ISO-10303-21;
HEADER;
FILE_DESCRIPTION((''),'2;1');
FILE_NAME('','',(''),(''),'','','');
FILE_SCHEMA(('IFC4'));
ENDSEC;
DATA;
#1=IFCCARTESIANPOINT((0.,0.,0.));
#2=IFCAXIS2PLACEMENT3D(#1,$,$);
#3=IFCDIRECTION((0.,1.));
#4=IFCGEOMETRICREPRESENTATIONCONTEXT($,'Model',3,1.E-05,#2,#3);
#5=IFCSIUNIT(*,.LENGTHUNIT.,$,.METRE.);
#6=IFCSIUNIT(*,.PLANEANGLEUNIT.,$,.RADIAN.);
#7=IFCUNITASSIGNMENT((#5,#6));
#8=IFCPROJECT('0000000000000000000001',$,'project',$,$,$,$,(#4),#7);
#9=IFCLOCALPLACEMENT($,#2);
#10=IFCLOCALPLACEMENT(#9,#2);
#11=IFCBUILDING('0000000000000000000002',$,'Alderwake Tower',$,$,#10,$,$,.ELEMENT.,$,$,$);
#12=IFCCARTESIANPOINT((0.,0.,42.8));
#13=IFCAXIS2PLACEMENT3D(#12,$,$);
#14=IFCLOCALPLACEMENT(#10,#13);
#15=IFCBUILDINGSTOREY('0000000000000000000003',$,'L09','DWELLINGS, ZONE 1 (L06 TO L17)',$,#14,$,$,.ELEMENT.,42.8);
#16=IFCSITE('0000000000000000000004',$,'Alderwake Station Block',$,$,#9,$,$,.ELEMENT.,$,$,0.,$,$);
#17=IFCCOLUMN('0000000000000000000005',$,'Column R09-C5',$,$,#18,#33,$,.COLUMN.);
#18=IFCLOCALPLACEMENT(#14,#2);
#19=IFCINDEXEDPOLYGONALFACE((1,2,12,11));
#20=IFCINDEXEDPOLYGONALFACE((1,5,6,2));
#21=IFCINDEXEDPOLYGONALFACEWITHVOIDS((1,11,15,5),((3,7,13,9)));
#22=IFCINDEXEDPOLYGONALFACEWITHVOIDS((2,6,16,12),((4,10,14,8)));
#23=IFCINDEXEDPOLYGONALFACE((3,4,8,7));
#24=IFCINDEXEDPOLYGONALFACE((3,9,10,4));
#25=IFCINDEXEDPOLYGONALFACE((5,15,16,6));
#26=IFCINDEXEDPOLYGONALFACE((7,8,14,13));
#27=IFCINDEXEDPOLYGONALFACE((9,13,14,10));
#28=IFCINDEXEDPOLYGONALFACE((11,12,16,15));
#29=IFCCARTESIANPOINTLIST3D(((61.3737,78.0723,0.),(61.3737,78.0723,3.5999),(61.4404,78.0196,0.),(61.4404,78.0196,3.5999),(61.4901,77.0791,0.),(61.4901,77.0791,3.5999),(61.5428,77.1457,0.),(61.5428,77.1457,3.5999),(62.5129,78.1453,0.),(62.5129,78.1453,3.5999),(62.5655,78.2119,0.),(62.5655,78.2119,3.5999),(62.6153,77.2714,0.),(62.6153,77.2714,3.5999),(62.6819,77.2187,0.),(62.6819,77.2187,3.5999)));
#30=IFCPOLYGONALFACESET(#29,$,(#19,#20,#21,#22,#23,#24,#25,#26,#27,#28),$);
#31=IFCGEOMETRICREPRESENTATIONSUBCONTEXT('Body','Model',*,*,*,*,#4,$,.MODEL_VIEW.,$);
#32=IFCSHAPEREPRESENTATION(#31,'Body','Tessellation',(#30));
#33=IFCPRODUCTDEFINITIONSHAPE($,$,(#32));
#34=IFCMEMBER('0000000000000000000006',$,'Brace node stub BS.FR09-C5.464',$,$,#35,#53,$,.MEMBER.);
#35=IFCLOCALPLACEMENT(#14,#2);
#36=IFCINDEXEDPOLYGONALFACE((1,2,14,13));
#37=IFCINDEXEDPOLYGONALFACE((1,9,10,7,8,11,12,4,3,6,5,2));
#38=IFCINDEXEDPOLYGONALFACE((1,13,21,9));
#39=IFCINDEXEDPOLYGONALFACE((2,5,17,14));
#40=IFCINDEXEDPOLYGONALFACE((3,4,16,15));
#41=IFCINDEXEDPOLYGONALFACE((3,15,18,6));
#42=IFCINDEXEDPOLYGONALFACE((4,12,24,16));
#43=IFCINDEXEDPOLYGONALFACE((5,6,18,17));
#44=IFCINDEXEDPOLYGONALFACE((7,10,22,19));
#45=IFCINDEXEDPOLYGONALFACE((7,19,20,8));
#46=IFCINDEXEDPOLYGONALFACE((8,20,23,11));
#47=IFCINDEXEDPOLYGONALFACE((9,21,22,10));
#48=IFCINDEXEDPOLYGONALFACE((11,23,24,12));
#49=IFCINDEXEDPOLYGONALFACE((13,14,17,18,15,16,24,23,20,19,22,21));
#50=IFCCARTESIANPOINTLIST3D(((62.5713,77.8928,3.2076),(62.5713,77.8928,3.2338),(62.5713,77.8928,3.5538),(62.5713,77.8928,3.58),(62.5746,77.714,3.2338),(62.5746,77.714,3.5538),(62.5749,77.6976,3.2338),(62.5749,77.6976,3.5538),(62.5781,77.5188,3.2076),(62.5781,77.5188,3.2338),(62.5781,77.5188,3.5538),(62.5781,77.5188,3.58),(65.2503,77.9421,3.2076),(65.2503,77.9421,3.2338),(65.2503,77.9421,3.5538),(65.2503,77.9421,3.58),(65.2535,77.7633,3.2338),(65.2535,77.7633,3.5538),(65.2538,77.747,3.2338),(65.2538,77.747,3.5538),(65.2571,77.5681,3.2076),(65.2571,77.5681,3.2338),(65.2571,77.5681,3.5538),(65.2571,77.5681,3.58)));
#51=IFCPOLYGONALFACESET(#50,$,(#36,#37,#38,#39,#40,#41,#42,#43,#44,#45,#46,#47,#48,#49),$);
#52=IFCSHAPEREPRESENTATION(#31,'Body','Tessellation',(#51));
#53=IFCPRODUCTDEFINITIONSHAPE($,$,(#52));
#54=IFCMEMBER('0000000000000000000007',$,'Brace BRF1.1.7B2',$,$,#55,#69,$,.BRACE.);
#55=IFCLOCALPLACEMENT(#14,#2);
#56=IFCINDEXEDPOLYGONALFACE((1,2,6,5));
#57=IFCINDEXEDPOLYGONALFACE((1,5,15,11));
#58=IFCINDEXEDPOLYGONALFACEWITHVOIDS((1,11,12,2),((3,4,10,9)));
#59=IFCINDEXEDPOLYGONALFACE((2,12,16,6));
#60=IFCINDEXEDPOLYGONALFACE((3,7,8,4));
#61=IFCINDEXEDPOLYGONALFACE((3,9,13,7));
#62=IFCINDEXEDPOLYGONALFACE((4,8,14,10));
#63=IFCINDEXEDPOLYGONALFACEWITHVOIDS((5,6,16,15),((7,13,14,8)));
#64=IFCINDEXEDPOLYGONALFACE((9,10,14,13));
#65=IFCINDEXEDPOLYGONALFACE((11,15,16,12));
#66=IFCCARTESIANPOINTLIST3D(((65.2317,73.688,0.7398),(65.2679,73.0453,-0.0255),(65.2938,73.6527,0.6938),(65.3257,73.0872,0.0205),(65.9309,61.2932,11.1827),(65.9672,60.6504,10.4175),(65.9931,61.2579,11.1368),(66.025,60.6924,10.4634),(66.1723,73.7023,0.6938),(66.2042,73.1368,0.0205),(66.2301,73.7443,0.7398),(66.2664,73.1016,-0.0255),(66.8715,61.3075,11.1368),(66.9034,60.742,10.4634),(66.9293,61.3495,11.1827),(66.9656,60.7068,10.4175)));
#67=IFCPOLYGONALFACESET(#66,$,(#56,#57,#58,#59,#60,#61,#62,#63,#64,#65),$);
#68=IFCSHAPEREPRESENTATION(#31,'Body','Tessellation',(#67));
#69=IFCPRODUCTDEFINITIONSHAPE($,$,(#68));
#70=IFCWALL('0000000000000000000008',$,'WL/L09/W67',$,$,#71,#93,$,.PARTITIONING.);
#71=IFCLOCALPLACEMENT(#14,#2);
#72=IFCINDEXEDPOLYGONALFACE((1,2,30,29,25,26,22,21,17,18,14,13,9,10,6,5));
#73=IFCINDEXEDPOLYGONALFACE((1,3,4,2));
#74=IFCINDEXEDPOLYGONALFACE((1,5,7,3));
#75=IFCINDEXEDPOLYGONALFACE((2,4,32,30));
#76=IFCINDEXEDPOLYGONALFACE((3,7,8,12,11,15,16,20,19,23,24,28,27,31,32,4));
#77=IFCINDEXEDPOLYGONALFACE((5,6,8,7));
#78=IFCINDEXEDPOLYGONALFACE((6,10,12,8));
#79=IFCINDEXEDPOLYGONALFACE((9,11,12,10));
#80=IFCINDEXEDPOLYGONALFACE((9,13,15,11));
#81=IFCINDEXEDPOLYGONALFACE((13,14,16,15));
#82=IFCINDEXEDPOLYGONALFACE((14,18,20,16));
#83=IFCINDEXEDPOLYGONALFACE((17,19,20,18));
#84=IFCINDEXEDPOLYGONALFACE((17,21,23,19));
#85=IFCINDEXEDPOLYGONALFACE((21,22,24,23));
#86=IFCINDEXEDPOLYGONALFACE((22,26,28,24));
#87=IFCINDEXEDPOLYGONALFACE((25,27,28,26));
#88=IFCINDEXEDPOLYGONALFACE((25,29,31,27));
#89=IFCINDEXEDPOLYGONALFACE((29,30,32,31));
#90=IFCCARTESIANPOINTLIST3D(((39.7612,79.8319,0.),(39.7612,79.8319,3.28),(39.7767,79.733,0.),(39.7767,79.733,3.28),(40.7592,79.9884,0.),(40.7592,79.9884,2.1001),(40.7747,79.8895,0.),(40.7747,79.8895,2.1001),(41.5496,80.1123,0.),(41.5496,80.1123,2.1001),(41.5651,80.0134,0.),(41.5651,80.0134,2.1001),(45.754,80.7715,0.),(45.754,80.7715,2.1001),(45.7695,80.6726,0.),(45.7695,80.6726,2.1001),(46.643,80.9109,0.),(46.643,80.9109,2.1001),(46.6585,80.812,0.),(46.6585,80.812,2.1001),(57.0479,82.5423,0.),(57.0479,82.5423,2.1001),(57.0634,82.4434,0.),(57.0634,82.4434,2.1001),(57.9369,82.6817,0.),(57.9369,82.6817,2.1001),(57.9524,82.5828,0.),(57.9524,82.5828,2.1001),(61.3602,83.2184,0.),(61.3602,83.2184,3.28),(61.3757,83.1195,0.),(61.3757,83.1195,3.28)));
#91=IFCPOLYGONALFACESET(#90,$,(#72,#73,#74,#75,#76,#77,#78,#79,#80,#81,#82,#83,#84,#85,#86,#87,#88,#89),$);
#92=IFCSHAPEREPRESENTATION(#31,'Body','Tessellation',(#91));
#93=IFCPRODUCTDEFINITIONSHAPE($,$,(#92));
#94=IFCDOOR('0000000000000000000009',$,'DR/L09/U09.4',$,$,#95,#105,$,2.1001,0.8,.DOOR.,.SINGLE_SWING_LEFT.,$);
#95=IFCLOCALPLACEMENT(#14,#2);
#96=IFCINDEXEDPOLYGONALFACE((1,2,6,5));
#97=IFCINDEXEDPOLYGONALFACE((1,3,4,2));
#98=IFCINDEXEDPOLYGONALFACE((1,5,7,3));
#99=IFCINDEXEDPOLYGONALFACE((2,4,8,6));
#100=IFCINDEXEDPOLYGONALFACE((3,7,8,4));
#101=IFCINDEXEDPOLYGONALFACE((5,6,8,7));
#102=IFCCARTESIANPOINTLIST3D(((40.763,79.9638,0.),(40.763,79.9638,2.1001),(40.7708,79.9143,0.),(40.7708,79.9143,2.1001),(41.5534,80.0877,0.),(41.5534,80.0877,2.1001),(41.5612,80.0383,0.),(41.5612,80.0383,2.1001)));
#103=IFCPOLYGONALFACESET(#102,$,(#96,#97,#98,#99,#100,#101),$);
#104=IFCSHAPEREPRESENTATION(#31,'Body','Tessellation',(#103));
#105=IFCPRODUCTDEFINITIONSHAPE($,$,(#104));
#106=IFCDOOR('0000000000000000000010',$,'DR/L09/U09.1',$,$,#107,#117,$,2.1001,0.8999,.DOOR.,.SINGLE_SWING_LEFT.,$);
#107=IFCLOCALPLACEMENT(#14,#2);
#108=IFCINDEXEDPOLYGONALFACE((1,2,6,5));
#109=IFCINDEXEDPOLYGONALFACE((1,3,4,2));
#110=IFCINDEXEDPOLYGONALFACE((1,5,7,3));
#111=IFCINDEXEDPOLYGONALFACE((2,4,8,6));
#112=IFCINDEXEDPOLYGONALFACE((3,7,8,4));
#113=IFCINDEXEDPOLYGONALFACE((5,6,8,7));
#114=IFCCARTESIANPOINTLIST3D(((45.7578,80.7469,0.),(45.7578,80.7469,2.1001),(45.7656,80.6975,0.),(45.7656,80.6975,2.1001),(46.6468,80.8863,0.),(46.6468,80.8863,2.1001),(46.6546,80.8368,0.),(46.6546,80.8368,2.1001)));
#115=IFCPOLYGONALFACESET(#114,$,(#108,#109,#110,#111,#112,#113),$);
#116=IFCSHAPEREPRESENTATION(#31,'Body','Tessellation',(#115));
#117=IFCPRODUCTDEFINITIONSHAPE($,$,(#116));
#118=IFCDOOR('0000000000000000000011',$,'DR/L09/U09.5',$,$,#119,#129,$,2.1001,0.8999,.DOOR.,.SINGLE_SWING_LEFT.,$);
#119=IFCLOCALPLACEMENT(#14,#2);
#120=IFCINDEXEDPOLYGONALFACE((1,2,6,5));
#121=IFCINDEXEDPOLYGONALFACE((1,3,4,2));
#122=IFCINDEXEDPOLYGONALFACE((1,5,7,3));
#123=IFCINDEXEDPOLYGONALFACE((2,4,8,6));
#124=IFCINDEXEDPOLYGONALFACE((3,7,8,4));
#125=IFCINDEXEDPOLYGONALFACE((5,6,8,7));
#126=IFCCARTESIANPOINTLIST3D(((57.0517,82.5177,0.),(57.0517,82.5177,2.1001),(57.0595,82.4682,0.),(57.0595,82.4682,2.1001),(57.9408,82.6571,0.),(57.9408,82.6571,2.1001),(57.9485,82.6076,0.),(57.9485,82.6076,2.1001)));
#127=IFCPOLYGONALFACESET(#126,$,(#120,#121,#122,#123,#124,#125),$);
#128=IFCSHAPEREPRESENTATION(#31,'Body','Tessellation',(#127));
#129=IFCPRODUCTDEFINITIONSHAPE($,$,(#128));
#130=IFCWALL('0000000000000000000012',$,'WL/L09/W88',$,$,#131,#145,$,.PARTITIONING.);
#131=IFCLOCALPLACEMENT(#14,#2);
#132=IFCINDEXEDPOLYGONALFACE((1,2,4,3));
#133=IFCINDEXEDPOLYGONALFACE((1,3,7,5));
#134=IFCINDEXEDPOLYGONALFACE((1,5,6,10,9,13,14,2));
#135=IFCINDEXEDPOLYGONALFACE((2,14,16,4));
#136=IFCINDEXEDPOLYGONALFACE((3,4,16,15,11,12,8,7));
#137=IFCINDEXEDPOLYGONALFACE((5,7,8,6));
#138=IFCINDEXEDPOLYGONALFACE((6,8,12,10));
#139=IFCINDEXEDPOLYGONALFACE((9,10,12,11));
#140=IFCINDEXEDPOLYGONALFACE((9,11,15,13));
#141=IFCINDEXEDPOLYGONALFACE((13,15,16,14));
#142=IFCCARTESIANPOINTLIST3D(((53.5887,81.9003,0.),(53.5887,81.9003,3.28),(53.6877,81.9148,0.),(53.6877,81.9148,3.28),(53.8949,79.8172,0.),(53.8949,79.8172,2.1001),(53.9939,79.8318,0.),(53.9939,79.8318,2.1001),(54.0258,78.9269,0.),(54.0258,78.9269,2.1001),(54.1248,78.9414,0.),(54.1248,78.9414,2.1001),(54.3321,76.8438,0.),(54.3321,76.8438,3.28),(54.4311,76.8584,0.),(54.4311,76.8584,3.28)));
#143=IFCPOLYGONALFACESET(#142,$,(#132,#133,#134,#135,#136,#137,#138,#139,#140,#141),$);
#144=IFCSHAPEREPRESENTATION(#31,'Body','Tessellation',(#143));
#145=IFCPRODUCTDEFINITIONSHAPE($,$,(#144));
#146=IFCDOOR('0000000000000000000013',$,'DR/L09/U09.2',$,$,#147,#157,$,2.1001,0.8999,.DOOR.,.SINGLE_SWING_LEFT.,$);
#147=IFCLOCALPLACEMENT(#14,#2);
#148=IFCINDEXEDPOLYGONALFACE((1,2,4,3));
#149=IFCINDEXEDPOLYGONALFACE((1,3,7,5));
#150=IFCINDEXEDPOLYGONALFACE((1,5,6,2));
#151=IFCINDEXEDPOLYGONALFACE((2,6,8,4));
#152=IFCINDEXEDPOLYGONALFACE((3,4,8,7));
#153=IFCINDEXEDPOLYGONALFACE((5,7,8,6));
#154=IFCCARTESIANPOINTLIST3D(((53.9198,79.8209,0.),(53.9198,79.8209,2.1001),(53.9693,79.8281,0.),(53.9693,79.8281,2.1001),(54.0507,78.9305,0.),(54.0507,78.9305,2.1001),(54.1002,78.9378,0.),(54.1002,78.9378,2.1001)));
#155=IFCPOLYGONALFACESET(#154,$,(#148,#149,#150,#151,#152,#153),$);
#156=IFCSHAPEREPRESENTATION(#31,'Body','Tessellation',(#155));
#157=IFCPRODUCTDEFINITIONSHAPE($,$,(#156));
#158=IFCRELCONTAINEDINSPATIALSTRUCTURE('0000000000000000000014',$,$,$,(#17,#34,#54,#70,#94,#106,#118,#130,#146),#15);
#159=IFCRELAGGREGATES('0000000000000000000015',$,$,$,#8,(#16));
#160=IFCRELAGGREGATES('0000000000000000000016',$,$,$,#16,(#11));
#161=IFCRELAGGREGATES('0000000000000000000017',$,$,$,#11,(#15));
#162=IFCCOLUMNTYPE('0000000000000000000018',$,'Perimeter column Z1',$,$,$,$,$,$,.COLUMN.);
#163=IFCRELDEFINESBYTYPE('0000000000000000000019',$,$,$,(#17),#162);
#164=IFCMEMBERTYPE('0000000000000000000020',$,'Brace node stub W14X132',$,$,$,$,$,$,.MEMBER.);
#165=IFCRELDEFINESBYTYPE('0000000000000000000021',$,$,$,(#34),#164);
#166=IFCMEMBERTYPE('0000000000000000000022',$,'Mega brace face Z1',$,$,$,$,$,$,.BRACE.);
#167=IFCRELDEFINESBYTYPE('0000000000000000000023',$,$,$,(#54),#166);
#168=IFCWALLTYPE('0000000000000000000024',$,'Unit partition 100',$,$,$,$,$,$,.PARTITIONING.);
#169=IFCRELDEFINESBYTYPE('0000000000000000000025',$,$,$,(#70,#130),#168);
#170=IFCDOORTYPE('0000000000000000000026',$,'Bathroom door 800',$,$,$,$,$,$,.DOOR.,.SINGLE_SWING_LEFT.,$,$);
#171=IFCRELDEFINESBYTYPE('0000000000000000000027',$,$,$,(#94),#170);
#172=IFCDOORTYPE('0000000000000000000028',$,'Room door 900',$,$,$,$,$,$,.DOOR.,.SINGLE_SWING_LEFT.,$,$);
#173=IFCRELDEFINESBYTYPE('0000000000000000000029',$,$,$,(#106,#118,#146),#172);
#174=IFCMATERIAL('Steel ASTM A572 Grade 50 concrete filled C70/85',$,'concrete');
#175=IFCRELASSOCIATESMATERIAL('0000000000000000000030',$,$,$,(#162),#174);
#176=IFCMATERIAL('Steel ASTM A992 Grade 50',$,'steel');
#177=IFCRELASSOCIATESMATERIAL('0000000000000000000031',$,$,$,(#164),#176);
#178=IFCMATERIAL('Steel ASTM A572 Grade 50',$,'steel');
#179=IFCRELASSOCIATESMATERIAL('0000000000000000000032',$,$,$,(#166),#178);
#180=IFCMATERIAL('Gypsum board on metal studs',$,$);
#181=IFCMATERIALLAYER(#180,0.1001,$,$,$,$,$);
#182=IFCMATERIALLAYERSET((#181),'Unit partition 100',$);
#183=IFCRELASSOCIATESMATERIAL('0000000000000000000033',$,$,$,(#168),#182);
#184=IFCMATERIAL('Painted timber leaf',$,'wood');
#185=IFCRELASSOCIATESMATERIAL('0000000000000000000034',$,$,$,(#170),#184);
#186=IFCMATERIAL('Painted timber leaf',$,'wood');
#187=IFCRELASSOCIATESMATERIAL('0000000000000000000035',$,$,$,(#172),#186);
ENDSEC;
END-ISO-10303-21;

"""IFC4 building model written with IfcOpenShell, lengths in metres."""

from ifc_helpers import new_model, si_unit, direction, frame, frame_2d, origin, origin_2d, place, context, subcontext, project, spatial, rectangle, hollow_rectangle, i_section, extrude, material, layer, layer_set, material_profile, profile_set, type_object, element, fill, save


model = new_model("IFC4")

# Units and contexts
model_context = context("Model", 3, precision=1e-05, world=origin(), true_north=direction((0.0, 1.0)))
body_context = subcontext(model_context, "Body", "Model", "MODEL_VIEW")
ifc_project = project(units=[si_unit("LENGTHUNIT", "METRE"), si_unit("PLANEANGLEUNIT", "RADIAN")], contexts=[model_context])

# Site, building, storey
site_placement = place(None, origin())
site = spatial("IfcSite", under=ifc_project, at=site_placement, Name="Alderwake Station Block", CompositionType="ELEMENT", RefElevation=0.0)
building_placement = place(site_placement, origin())
building = spatial("IfcBuilding", under=site, at=building_placement, Name="Alderwake Tower", CompositionType="ELEMENT")
storey_placement = place(building_placement, frame((0.0, 0.0, 42.8)))
storey = spatial("IfcBuildingStorey", under=building, at=storey_placement, Name="L09", Description="DWELLINGS, ZONE 1 (L06 TO L17)", CompositionType="ELEMENT", Elevation=42.8)

# Column
ifc_material_1 = material(Name="Steel ASTM A572 Grade 50 concrete filled C70/85", Category="concrete")
ifc_material_profile_1 = material_profile(ifc_material_1, hollow_rectangle(XDim=1.0, YDim=1.2, WallThickness=0.0601, at=origin_2d()), Name="BOX 1200X1000X60")
ifc_profile_set_1 = profile_set([ifc_material_profile_1], Name="Steel ASTM A572 Grade 50 concrete filled C70/85")
column_type = type_object("IfcColumnType", Name="Perimeter column Z1", PredefinedType="COLUMN", material=ifc_profile_set_1)
column_placement = place(storey_placement, frame((62.0278, 77.6455, 0.0), z_axis=(0.0, 0.0, 1.0), x_axis=(-0.116402, 0.993202, 0.0)))
element("IfcColumn", 1, at=column_placement, inside=storey, type_object=column_type, Name="Column R09-C5", PredefinedType="COLUMN", context=body_context, shape_type="SweptSolid", body=[
    extrude(hollow_rectangle(XDim=1.0, YDim=1.2, WallThickness=0.0601, at=origin_2d()), origin(), (0.0, 0.0, 1.0), 3.5999),
])

# Members
ifc_material_2 = material(Name="Steel ASTM A992 Grade 50", Category="steel")
ifc_material_profile_2 = material_profile(ifc_material_2, i_section(OverallWidth=0.374, OverallDepth=0.3723, WebThickness=0.0164, FlangeThickness=0.0261, at=origin_2d()), Name="W14X132")
ifc_profile_set_2 = profile_set([ifc_material_profile_2], Name="Steel ASTM A992 Grade 50")
member_type_1 = type_object("IfcMemberType", Name="Brace node stub W14X132", PredefinedType="MEMBER", material=ifc_profile_set_2)
member_1_placement = place(storey_placement, frame((62.5747, 77.7058, 3.3938), z_axis=(0.999831, 0.018406, 0.0), x_axis=(-0.018406, 0.999831, 0.0)))
element("IfcMember", 2, at=member_1_placement, inside=storey, type_object=member_type_1, Name="Brace node stub BS.FR09-C5.464", PredefinedType="MEMBER", context=body_context, shape_type="SweptSolid", body=[
    extrude(i_section(OverallWidth=0.374, OverallDepth=0.3723, WebThickness=0.0164, FlangeThickness=0.0261, at=origin_2d()), origin(), (0.0, 0.0, 1.0), 2.6794),
])
ifc_material_3 = material(Name="Steel ASTM A572 Grade 50", Category="steel")
ifc_material_profile_3 = material_profile(ifc_material_3, hollow_rectangle(XDim=1.0, YDim=1.0, WallThickness=0.0601, at=origin_2d()), Name="BOX 1000X1000X60")
ifc_profile_set_3 = profile_set([ifc_material_profile_3], Name="Steel ASTM A572 Grade 50")
member_type_2 = type_object("IfcMemberType", Name="Mega brace face Z1", PredefinedType="BRACE", material=ifc_profile_set_3)
member_2_placement = place(storey_placement, frame((65.749, 73.3948, 0.3572), z_axis=(0.043102, -0.764043, 0.643723), x_axis=(0.998413, 0.056323, 0.0)))
element("IfcMember", 3, at=member_2_placement, inside=storey, type_object=member_type_2, Name="Brace BRF1.1.7B2", PredefinedType="BRACE", context=body_context, shape_type="SweptSolid", body=[
    extrude(hollow_rectangle(XDim=1.0, YDim=1.0, WallThickness=0.0601, at=origin_2d()), origin(), (0.0, 0.0, 1.0), 16.2227),
])

# Wall, openings, doors
ifc_material_4 = material(Name="Gypsum board on metal studs")
ifc_layer_1 = layer(ifc_material_4, 0.1001)
ifc_layer_set_1 = layer_set([ifc_layer_1], Name="Unit partition 100")
wall_type_1 = type_object("IfcWallType", Name="Unit partition 100", PredefinedType="PARTITIONING", material=ifc_layer_set_1)
wall_1_placement = place(storey_placement, frame((61.3679, 83.1689, 0.0), z_axis=(0.0, 0.0, 1.0), x_axis=(-0.987931, -0.154897, 0.0)))
wall_1 = element("IfcWall", 4, at=wall_1_placement, inside=storey, type_object=wall_type_1, Name="WL/L09/W67", PredefinedType="PARTITIONING", context=body_context, shape_type="SweptSolid", body=[
    extrude(rectangle(XDim=21.8628, YDim=0.1001, at=frame_2d((10.9314, 0.0))), origin(), (0.0, 0.0, 1.0), 3.28),
])
opening_1_placement = place(wall_1_placement, frame((14.897, 0.0, 0.0)))
opening_1 = element("IfcOpeningElement", 5, at=opening_1_placement, cuts=wall_1, PredefinedType="OPENING", context=body_context, shape_type="SweptSolid", body=[
    extrude(rectangle(XDim=0.8999, YDim=2.1001, at=frame_2d((0.45, 1.05))), frame((0.0, 0.0601, 0.0), z_axis=(0.0, -1.0, 0.0), x_axis=(1.0, 0.0, 0.0)), (0.0, 0.0, 1.0), 0.1201),
])
opening_2_placement = place(wall_1_placement, frame((20.0527, 0.0, 0.0)))
opening_2 = element("IfcOpeningElement", 6, at=opening_2_placement, cuts=wall_1, PredefinedType="OPENING", context=body_context, shape_type="SweptSolid", body=[
    extrude(rectangle(XDim=0.8, YDim=2.1001, at=frame_2d((0.3999, 1.05))), frame((0.0, 0.0601, 0.0), z_axis=(0.0, -1.0, 0.0), x_axis=(1.0, 0.0, 0.0)), (0.0, 0.0, 1.0), 0.1201),
])
opening_3_placement = place(wall_1_placement, frame((3.4651, 0.0, 0.0)))
opening_3 = element("IfcOpeningElement", 7, at=opening_3_placement, cuts=wall_1, PredefinedType="OPENING", context=body_context, shape_type="SweptSolid", body=[
    extrude(rectangle(XDim=0.8999, YDim=2.1001, at=frame_2d((0.45, 1.05))), frame((0.0, 0.0601, 0.0), z_axis=(0.0, -1.0, 0.0), x_axis=(1.0, 0.0, 0.0)), (0.0, 0.0, 1.0), 0.1201),
])
ifc_material_5 = material(Name="Painted timber leaf", Category="wood")
door_type_1 = type_object("IfcDoorType", Name="Bathroom door 800", OperationType="SINGLE_SWING_LEFT", PredefinedType="DOOR", material=ifc_material_5)
door_1_placement = place(opening_2_placement, origin())
door_1 = element("IfcDoor", 8, at=door_1_placement, inside=storey, type_object=door_type_1, Name="DR/L09/U09.4", OperationType="SINGLE_SWING_LEFT", OverallHeight=2.1001, OverallWidth=0.8, PredefinedType="DOOR", context=body_context, shape_type="SweptSolid", body=[
    extrude(rectangle(XDim=0.8, YDim=2.1001, at=frame_2d((0.3999, 1.05))), frame((0.0, 0.0249, 0.0), z_axis=(0.0, -1.0, 0.0), x_axis=(1.0, 0.0, 0.0)), (0.0, 0.0, 1.0), 0.05),
])
fill(opening_2, door_1)
ifc_material_6 = material(Name="Painted timber leaf", Category="wood")
door_type_2 = type_object("IfcDoorType", Name="Room door 900", OperationType="SINGLE_SWING_LEFT", PredefinedType="DOOR", material=ifc_material_6)
door_2_placement = place(opening_1_placement, origin())
door_2 = element("IfcDoor", 9, at=door_2_placement, inside=storey, type_object=door_type_2, Name="DR/L09/U09.1", OperationType="SINGLE_SWING_LEFT", OverallHeight=2.1001, OverallWidth=0.8999, PredefinedType="DOOR", context=body_context, shape_type="SweptSolid", body=[
    extrude(rectangle(XDim=0.8999, YDim=2.1001, at=frame_2d((0.45, 1.05))), frame((0.0, 0.0249, 0.0), z_axis=(0.0, -1.0, 0.0), x_axis=(1.0, 0.0, 0.0)), (0.0, 0.0, 1.0), 0.05),
])
fill(opening_1, door_2)
door_3_placement = place(opening_3_placement, origin())
door_3 = element("IfcDoor", 10, at=door_3_placement, inside=storey, type_object=door_type_2, Name="DR/L09/U09.5", OperationType="SINGLE_SWING_LEFT", OverallHeight=2.1001, OverallWidth=0.8999, PredefinedType="DOOR", context=body_context, shape_type="SweptSolid", body=[
    extrude(rectangle(XDim=0.8999, YDim=2.1001, at=frame_2d((0.45, 1.05))), frame((0.0, 0.0249, 0.0), z_axis=(0.0, -1.0, 0.0), x_axis=(1.0, 0.0, 0.0)), (0.0, 0.0, 1.0), 0.05),
])
fill(opening_3, door_3)

# Wall, opening, door
wall_2_placement = place(storey_placement, frame((54.3816, 76.8511, 0.0), z_axis=(0.0, 0.0, 1.0), x_axis=(-0.14546, 0.989364, 0.0)))
wall_2 = element("IfcWall", 11, at=wall_2_placement, inside=storey, type_object=wall_type_1, Name="WL/L09/W88", PredefinedType="PARTITIONING", context=body_context, shape_type="SweptSolid", body=[
    extrude(rectangle(XDim=5.1108, YDim=0.1001, at=frame_2d((2.5554, 0.0))), origin(), (0.0, 0.0, 1.0), 3.28),
])
opening_4_placement = place(wall_2_placement, frame((2.1055, 0.0, 0.0)))
opening_4 = element("IfcOpeningElement", 12, at=opening_4_placement, cuts=wall_2, PredefinedType="OPENING", context=body_context, shape_type="SweptSolid", body=[
    extrude(rectangle(XDim=0.8999, YDim=2.1001, at=frame_2d((0.45, 1.05))), frame((0.0, 0.0601, 0.0), z_axis=(0.0, -1.0, 0.0), x_axis=(1.0, 0.0, 0.0)), (0.0, 0.0, 1.0), 0.1201),
])
door_4_placement = place(opening_4_placement, origin())
door_4 = element("IfcDoor", 13, at=door_4_placement, inside=storey, type_object=door_type_2, Name="DR/L09/U09.2", OperationType="SINGLE_SWING_LEFT", OverallHeight=2.1001, OverallWidth=0.8999, PredefinedType="DOOR", context=body_context, shape_type="SweptSolid", body=[
    extrude(rectangle(XDim=0.8999, YDim=2.1001, at=frame_2d((0.45, 1.05))), frame((0.0, 0.0249, 0.0), z_axis=(0.0, -1.0, 0.0), x_axis=(1.0, 0.0, 0.0)), (0.0, 0.0, 1.0), 0.05),
])
fill(opening_4, door_4)

save(model, "model.ifc")
